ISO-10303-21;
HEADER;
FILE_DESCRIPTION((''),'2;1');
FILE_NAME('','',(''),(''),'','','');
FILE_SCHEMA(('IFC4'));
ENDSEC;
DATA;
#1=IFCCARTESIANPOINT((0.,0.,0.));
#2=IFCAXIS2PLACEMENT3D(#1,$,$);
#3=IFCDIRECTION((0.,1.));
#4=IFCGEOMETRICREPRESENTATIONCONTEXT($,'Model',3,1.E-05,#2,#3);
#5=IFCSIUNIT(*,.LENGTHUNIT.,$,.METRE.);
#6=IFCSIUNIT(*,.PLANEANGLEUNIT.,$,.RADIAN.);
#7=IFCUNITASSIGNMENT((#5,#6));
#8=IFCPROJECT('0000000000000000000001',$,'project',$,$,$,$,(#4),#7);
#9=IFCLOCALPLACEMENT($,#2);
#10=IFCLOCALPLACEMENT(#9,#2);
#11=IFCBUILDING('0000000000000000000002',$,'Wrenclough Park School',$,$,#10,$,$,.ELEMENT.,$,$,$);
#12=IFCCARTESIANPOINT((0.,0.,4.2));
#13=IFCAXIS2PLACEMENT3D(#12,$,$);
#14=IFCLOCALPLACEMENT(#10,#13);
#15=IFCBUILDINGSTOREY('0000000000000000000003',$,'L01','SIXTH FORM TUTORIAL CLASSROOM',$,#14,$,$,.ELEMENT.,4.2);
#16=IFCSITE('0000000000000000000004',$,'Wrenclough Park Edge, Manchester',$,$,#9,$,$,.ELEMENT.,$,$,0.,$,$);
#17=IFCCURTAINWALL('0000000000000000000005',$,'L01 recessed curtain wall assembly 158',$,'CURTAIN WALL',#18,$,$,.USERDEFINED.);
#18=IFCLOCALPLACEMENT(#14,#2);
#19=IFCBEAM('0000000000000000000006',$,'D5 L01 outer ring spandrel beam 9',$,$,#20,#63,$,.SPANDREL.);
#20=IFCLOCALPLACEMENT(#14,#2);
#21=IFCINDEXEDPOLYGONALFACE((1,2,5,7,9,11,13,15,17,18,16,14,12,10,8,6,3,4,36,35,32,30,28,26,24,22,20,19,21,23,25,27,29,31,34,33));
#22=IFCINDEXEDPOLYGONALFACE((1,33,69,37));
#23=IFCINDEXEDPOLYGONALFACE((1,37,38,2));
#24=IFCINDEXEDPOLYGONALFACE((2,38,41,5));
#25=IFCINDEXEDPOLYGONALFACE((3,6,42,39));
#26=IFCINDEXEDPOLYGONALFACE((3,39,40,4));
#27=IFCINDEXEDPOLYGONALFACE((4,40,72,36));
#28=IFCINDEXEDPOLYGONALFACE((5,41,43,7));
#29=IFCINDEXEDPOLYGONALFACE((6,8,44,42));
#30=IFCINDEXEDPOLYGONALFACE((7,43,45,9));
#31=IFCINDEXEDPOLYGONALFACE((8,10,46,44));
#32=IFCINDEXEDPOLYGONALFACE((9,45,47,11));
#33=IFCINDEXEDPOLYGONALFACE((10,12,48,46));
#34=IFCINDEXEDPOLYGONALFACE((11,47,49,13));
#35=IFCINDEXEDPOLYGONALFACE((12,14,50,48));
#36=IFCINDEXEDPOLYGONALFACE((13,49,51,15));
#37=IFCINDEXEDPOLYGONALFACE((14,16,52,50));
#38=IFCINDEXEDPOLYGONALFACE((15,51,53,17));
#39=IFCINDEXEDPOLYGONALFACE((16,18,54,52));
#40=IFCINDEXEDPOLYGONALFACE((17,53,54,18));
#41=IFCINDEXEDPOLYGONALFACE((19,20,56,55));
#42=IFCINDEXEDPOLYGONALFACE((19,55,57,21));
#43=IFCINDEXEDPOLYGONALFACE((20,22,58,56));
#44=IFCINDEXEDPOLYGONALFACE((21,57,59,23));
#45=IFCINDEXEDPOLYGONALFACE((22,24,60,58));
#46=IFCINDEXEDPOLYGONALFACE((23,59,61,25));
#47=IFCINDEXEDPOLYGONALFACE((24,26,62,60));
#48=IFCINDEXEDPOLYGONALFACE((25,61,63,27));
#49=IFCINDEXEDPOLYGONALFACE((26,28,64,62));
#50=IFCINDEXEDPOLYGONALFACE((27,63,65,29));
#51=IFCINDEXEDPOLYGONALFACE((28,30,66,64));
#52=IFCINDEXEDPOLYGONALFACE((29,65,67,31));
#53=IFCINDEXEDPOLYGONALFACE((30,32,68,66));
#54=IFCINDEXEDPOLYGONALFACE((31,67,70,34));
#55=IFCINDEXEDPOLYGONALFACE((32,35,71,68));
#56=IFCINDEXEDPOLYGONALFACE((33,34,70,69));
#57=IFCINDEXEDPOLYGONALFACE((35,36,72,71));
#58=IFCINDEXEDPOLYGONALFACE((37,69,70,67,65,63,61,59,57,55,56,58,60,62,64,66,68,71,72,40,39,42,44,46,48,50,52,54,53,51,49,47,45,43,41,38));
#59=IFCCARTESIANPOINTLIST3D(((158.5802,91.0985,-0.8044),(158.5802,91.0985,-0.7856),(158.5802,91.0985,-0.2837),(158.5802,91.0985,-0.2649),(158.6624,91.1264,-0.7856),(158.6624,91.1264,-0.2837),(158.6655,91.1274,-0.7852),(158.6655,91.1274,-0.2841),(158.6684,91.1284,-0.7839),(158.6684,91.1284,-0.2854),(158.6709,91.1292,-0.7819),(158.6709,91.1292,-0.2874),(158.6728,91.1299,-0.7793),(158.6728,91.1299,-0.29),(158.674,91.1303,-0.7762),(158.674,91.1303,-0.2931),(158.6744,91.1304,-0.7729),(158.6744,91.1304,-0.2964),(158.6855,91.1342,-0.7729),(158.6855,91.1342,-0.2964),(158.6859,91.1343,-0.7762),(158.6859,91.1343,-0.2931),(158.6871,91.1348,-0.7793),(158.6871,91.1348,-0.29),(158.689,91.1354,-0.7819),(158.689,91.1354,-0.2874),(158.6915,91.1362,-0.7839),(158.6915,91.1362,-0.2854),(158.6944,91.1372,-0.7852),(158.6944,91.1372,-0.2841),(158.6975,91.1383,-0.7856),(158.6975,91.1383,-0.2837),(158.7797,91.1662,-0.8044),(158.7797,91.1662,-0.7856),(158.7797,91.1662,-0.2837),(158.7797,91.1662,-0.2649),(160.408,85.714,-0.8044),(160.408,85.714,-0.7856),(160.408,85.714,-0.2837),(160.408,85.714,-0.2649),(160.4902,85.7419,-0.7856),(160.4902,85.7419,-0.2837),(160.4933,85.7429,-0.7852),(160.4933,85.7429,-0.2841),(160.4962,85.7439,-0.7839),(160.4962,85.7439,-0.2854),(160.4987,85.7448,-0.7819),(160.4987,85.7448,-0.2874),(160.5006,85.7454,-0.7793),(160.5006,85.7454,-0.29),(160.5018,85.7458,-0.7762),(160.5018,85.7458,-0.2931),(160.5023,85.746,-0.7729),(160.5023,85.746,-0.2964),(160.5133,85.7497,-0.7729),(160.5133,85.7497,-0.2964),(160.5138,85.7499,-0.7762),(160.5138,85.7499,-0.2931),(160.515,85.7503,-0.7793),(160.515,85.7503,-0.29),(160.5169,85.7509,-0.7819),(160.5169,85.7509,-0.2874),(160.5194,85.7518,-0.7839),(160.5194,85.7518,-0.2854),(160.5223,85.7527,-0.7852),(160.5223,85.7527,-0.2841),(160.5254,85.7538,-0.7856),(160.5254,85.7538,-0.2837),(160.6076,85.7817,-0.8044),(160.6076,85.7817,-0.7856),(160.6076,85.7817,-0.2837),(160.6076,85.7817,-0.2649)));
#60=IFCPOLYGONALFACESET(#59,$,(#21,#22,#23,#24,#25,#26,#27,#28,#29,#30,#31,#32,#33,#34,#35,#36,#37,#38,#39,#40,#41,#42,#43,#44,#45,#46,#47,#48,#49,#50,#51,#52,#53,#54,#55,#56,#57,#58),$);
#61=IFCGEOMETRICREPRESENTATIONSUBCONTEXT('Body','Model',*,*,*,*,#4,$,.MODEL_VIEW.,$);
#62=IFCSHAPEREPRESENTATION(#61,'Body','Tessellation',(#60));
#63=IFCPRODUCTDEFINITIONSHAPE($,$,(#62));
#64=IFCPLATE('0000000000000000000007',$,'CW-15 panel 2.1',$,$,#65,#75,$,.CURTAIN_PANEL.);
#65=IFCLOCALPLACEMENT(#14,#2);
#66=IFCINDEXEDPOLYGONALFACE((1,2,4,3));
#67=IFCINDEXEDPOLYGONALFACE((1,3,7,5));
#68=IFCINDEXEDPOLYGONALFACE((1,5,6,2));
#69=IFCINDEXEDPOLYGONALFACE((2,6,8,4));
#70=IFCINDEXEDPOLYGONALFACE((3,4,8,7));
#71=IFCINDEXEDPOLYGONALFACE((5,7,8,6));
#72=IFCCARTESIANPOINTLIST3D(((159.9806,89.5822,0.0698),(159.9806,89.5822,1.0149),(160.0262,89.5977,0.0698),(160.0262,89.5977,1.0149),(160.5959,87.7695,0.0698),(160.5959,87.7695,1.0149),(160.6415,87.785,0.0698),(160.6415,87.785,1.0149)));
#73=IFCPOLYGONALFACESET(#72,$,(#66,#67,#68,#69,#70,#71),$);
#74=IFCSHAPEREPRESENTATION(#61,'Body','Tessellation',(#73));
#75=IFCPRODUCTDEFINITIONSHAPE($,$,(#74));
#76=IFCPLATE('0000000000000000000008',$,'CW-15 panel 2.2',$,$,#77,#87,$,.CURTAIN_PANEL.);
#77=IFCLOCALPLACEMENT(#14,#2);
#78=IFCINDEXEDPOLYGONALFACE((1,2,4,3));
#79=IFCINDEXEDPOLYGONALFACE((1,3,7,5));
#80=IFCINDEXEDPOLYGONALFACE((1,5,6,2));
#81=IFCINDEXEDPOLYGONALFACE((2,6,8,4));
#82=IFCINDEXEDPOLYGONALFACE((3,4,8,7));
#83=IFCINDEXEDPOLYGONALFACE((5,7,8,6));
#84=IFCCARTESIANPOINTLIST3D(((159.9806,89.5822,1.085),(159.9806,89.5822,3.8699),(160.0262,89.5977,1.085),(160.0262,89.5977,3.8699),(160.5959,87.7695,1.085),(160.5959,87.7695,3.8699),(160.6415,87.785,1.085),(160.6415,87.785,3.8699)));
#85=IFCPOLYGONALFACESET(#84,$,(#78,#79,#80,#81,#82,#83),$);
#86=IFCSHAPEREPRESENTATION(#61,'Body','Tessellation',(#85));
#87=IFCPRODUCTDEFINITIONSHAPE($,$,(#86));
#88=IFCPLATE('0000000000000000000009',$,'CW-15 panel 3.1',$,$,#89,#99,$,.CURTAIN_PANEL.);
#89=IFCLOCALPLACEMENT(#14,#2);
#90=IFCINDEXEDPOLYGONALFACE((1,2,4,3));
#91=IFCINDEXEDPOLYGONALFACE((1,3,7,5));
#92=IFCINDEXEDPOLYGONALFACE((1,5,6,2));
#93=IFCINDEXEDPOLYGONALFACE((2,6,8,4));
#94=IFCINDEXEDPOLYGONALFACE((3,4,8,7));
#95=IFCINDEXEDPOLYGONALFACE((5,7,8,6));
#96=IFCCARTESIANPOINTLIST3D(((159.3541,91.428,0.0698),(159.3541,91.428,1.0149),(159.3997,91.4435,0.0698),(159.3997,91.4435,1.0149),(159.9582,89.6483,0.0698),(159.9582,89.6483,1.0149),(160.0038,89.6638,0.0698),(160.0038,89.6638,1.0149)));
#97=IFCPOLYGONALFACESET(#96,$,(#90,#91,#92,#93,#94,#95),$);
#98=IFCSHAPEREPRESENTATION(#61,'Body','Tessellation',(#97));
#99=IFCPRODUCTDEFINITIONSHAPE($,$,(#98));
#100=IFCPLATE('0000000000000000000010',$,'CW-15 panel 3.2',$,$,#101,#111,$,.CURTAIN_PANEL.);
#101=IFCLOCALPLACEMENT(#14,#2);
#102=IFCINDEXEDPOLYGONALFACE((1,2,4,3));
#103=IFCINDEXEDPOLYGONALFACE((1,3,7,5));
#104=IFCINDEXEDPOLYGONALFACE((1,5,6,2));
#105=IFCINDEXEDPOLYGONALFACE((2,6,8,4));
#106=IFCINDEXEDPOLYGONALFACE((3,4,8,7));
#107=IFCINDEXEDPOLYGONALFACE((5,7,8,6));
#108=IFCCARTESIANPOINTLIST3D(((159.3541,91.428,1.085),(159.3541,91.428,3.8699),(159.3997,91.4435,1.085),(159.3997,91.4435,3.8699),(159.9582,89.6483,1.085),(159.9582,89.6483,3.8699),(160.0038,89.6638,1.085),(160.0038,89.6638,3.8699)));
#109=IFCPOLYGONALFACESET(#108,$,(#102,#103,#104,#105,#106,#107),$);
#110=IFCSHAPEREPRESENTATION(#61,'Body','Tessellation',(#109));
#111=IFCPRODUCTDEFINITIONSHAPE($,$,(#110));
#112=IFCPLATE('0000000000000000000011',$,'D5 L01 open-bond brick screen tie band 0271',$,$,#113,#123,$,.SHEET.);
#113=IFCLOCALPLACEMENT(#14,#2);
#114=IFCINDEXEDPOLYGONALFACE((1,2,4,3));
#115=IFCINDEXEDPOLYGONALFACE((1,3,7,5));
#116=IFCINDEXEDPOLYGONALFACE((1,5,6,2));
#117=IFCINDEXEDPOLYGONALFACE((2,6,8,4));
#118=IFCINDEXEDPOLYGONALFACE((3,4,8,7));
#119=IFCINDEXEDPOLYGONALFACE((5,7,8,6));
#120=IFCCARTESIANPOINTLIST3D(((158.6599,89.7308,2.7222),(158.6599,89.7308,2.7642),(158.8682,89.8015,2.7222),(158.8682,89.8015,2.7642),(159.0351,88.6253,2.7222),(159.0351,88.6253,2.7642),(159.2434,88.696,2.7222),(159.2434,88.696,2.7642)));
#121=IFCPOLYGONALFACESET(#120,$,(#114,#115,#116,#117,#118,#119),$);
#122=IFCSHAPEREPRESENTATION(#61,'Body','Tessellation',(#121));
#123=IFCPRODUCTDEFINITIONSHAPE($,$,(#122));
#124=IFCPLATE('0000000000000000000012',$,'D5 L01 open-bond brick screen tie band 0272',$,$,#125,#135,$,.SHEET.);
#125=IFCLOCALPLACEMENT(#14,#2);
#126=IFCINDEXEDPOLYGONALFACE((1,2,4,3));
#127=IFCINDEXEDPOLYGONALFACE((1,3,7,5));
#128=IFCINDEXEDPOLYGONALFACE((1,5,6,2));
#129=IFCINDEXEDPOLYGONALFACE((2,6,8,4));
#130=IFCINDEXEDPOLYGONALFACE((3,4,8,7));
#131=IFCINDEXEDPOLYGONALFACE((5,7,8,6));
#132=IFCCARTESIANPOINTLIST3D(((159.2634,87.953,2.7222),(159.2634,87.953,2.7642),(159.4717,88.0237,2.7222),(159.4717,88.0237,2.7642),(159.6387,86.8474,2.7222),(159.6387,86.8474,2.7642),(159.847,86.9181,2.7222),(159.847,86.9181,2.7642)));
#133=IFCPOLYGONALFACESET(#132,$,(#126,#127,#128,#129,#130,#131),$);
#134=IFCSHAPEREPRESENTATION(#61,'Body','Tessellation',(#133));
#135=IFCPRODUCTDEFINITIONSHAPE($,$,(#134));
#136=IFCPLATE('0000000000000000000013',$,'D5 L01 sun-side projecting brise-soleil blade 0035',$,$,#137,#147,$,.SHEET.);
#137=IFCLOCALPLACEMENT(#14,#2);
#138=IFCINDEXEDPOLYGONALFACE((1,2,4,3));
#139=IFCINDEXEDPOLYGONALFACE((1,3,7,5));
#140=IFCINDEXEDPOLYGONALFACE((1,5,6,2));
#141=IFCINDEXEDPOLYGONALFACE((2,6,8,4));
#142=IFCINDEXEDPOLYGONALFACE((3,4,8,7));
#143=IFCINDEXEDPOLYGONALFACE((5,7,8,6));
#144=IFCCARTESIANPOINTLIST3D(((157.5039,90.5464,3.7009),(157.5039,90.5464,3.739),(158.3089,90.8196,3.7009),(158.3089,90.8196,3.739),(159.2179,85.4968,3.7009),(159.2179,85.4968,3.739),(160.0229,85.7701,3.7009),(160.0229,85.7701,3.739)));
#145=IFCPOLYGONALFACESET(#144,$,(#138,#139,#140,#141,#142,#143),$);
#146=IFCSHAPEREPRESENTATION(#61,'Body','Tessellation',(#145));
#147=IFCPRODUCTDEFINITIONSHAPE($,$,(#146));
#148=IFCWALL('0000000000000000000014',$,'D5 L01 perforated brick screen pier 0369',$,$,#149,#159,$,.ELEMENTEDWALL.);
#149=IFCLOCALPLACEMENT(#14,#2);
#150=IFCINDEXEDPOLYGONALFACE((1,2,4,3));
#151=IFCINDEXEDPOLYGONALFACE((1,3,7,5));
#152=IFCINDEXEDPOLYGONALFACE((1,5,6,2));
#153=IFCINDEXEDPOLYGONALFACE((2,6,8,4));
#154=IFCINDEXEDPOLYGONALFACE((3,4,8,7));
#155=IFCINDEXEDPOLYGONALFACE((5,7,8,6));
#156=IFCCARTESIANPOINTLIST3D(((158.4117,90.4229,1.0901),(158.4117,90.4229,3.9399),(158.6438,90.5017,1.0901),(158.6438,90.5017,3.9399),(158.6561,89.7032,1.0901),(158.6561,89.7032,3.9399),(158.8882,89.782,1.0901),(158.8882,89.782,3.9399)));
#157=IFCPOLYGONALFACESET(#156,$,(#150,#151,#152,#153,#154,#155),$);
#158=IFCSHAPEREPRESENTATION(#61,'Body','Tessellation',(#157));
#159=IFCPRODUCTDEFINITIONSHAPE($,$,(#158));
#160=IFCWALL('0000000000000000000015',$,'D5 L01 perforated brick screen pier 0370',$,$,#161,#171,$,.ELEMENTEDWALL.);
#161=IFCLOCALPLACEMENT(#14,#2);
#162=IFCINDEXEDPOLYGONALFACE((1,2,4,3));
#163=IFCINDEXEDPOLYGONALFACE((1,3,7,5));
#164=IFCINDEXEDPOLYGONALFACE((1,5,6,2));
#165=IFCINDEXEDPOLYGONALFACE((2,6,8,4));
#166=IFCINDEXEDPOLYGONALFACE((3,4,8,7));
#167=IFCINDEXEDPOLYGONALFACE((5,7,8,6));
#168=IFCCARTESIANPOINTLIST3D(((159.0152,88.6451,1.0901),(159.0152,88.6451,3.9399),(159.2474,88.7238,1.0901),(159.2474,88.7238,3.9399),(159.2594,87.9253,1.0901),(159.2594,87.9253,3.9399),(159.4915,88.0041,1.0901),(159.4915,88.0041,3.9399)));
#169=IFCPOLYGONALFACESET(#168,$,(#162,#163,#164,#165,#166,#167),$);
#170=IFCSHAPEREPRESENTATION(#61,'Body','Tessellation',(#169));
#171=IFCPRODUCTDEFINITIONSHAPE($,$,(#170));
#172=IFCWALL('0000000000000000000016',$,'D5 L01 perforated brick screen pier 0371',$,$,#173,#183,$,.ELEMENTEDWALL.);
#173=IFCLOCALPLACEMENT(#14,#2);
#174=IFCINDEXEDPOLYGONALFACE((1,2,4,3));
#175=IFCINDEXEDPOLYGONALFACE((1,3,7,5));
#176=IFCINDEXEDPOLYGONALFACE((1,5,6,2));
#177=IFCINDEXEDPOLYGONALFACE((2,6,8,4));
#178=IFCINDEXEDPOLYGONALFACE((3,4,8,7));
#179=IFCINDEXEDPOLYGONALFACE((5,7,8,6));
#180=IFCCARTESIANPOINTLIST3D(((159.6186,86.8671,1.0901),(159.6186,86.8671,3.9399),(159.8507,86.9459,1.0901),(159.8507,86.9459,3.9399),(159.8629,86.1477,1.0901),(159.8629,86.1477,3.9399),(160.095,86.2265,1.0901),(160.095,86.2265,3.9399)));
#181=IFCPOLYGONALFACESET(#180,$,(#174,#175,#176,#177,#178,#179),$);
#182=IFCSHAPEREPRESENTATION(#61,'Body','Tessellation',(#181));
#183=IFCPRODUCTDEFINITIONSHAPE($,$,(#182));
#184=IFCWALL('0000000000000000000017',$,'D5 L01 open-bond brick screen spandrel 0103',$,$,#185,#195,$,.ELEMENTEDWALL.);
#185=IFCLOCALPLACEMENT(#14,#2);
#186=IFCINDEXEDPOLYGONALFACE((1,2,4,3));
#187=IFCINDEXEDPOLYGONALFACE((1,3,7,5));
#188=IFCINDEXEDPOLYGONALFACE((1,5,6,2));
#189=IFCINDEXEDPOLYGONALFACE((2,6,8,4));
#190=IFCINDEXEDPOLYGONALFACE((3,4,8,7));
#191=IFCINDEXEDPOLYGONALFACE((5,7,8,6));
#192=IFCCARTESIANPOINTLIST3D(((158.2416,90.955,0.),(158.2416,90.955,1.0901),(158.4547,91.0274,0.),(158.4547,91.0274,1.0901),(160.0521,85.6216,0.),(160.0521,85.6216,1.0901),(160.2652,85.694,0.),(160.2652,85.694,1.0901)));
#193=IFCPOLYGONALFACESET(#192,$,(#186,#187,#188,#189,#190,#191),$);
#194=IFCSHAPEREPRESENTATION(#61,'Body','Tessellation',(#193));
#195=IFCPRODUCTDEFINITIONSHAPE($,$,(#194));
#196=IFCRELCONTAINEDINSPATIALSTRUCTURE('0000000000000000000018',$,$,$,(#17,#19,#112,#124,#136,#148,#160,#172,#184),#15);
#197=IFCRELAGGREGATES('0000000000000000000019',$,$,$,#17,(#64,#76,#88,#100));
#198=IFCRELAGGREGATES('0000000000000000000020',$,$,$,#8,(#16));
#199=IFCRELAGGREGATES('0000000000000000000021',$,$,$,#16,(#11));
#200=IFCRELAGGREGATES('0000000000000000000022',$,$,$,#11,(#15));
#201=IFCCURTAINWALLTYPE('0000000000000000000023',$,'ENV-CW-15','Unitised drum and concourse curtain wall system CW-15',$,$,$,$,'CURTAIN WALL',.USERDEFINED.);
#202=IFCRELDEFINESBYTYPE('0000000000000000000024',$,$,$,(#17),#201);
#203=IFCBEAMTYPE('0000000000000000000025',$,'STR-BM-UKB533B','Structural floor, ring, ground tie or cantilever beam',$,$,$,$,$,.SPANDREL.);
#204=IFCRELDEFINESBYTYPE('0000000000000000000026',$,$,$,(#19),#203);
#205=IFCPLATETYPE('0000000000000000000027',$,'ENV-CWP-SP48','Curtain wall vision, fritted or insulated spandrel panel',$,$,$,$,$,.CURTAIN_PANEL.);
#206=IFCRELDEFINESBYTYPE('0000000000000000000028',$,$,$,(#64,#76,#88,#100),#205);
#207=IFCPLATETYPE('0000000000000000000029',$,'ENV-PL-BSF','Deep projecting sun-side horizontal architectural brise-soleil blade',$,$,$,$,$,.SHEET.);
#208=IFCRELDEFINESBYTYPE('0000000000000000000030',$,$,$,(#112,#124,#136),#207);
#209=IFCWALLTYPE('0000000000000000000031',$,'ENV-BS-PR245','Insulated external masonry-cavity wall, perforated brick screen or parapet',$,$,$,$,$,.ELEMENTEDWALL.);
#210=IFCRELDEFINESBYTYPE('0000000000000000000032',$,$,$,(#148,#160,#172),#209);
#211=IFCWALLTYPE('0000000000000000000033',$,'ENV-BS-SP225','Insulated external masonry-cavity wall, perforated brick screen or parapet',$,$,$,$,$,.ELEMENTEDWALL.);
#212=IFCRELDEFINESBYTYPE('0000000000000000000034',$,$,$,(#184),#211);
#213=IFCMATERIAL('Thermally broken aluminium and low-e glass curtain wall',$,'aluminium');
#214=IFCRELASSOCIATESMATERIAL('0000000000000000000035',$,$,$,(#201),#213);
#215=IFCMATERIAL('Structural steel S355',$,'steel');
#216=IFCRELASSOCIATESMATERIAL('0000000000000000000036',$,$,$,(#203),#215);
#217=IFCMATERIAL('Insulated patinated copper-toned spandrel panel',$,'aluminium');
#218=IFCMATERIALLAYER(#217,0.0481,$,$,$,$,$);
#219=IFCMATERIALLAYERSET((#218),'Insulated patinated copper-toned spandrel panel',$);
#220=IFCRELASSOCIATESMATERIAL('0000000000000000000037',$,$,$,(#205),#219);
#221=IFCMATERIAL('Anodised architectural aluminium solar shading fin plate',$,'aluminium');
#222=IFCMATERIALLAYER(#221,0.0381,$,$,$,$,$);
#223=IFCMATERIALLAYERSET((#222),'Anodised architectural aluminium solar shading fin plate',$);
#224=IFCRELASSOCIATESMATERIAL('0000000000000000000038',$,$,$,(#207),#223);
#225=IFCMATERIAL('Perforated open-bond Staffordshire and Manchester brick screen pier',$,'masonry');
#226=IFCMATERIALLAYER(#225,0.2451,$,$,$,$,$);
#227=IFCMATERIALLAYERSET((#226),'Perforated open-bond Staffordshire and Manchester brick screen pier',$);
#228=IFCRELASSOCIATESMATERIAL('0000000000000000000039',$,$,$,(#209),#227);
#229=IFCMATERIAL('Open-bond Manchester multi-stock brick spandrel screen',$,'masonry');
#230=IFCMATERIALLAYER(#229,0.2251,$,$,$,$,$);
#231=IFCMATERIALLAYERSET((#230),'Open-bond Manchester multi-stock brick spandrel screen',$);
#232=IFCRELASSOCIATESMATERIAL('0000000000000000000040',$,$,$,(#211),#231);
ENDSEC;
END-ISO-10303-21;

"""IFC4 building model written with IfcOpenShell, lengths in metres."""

from ifc_helpers import new_model, si_unit, direction, frame, frame_2d, origin, origin_2d, place, context, subcontext, project, spatial, rectangle, i_section, extrude, material, layer, layer_set, material_profile, profile_set, type_object, element, aggregate, save


model = new_model("IFC4")

# Units and contexts
model_context = context("Model", 3, precision=1e-05, world=origin(), true_north=direction((0.0, 1.0)))
body_context = subcontext(model_context, "Body", "Model", "MODEL_VIEW")
ifc_project = project(units=[si_unit("LENGTHUNIT", "METRE"), si_unit("PLANEANGLEUNIT", "RADIAN")], contexts=[model_context])

# Site, building, storey
site_placement = place(None, origin())
site = spatial("IfcSite", under=ifc_project, at=site_placement, Name="Wrenclough Park Edge, Manchester", CompositionType="ELEMENT", RefElevation=0.0)
building_placement = place(site_placement, origin())
building = spatial("IfcBuilding", under=site, at=building_placement, Name="Wrenclough Park School", CompositionType="ELEMENT")
storey_placement = place(building_placement, frame((0.0, 0.0, 4.2)))
storey = spatial("IfcBuildingStorey", under=building, at=storey_placement, Name="L01", Description="SIXTH FORM TUTORIAL CLASSROOM", CompositionType="ELEMENT", Elevation=4.2)

# Curtain wall
ifc_material_1 = material(Name="Thermally broken aluminium and low-e glass curtain wall", Category="aluminium")
curtain_wall_type_1 = type_object("IfcCurtainWallType", Name="ENV-CW-15", Description="Unitised drum and concourse curtain wall system CW-15", ElementType="CURTAIN WALL", PredefinedType="USERDEFINED", material=ifc_material_1)
curtain_wall_1_placement = place(storey_placement, origin())
curtain_wall_1 = element("IfcCurtainWall", 1, at=curtain_wall_1_placement, inside=storey, type_object=curtain_wall_type_1, Name="L01 recessed curtain wall assembly 158", ObjectType="CURTAIN WALL", PredefinedType="USERDEFINED")

# Beam
ifc_material_2 = material(Name="Structural steel S355", Category="steel")
ifc_material_profile_1 = material_profile(ifc_material_2, i_section(OverallWidth=0.2107, OverallDepth=0.5396, WebThickness=0.0117, FlangeThickness=0.0188, FilletRadius=0.0127, at=origin_2d()), Name="UKB 533x210x109")
ifc_profile_set_1 = profile_set([ifc_material_profile_1], Name="Structural steel S355")
beam_type = type_object("IfcBeamType", Name="STR-BM-UKB533B", Description="Structural floor, ring, ground tie or cantilever beam", PredefinedType="SPANDREL", material=ifc_profile_set_1)
beam_placement = place(storey_placement, frame((158.6799, 91.1323, -0.5347), z_axis=(0.321452, -0.946926, 0.0), x_axis=(0.946926, 0.321452, 0.0)))
element("IfcBeam", 2, at=beam_placement, inside=storey, type_object=beam_type, Name="D5 L01 outer ring spandrel beam 9", PredefinedType="SPANDREL", context=body_context, shape_type="SweptSolid", body=[
    extrude(i_section(OverallWidth=0.2107, OverallDepth=0.5396, WebThickness=0.0117, FlangeThickness=0.0188, FilletRadius=0.0127, at=origin_2d()), origin(), (0.0, 0.0, 1.0), 5.6863),
])

# Plates
ifc_material_3 = material(Name="Insulated patinated copper-toned spandrel panel", Category="aluminium")
ifc_layer_1 = layer(ifc_material_3, 0.0481)
ifc_layer_set_1 = layer_set([ifc_layer_1], Name="Insulated patinated copper-toned spandrel panel")
plate_type_1 = type_object("IfcPlateType", Name="ENV-CWP-SP48", Description="Curtain wall vision, fritted or insulated spandrel panel", PredefinedType="CURTAIN_PANEL", material=ifc_layer_set_1)
plate_1_placement = place(storey_placement, frame((160.311, 88.6836, 0.0698), z_axis=(0.0, 0.0, 1.0), x_axis=(-0.321429, 0.946934, 0.0)))
plate_1 = element("IfcPlate", 3, at=plate_1_placement, type_object=plate_type_1, Name="CW-15 panel 2.1", PredefinedType="CURTAIN_PANEL", context=body_context, shape_type="SweptSolid", body=[
    extrude(rectangle(XDim=1.9143, YDim=0.0481, at=origin_2d()), origin(), (0.0, 0.0, 1.0), 0.9451),
])
plate_2_placement = place(storey_placement, frame((160.311, 88.6836, 1.085), z_axis=(0.0, 0.0, 1.0), x_axis=(-0.321429, 0.946934, 0.0)))
plate_2 = element("IfcPlate", 4, at=plate_2_placement, type_object=plate_type_1, Name="CW-15 panel 2.2", PredefinedType="CURTAIN_PANEL", context=body_context, shape_type="SweptSolid", body=[
    extrude(rectangle(XDim=1.9143, YDim=0.0481, at=origin_2d()), origin(), (0.0, 0.0, 1.0), 2.7849),
])
plate_3_placement = place(storey_placement, frame((159.679, 90.5459, 0.0698), z_axis=(0.0, 0.0, 1.0), x_axis=(-0.321429, 0.946934, 0.0)))
plate_3 = element("IfcPlate", 5, at=plate_3_placement, type_object=plate_type_1, Name="CW-15 panel 3.1", PredefinedType="CURTAIN_PANEL", context=body_context, shape_type="SweptSolid", body=[
    extrude(rectangle(XDim=1.8794, YDim=0.0481, at=origin_2d()), origin(), (0.0, 0.0, 1.0), 0.9451),
])
plate_4_placement = place(storey_placement, frame((159.679, 90.5459, 1.085), z_axis=(0.0, 0.0, 1.0), x_axis=(-0.321429, 0.946934, 0.0)))
plate_4 = element("IfcPlate", 6, at=plate_4_placement, type_object=plate_type_1, Name="CW-15 panel 3.2", PredefinedType="CURTAIN_PANEL", context=body_context, shape_type="SweptSolid", body=[
    extrude(rectangle(XDim=1.8794, YDim=0.0481, at=origin_2d()), origin(), (0.0, 0.0, 1.0), 2.7849),
])
aggregate(curtain_wall_1, [plate_1, plate_2, plate_3, plate_4])

# Plates
ifc_material_4 = material(Name="Anodised architectural aluminium solar shading fin plate", Category="aluminium")
ifc_layer_2 = layer(ifc_material_4, 0.0381)
ifc_layer_set_2 = layer_set([ifc_layer_2], Name="Anodised architectural aluminium solar shading fin plate")
plate_type_2 = type_object("IfcPlateType", Name="ENV-PL-BSF", Description="Deep projecting sun-side horizontal architectural brise-soleil blade", PredefinedType="SHEET", material=ifc_layer_set_2)
for number, where, z_axis, x_axis, name in (
    (7, (158.9517, 89.2134, 2.7222), (0.0, 0.0, 1.0), (0.321427, -0.946934, 0.0), "D5 L01 open-bond brick screen tie band 0271"),
    (8, (159.5552, 87.4355, 2.7222), (0.0, 0.0, 1.0), (0.321427, -0.946934, 0.0), "D5 L01 open-bond brick screen tie band 0272"),
):
    element("IfcPlate", number, at=place(storey_placement, frame(where, z_axis=z_axis, x_axis=x_axis)), inside=storey, type_object=plate_type_2, Name=name, PredefinedType="SHEET", context=body_context, shape_type="SweptSolid", body=[
        extrude(rectangle(XDim=1.1675, YDim=0.22, at=origin_2d()), origin(), (0.0, 0.0, 1.0), 0.042),
    ])
plate_5_placement = place(storey_placement, frame((158.7634, 88.1582, 3.7009), z_axis=(0.0, 0.0, 1.0), x_axis=(0.321427, -0.946934, 0.0)))
element("IfcPlate", 9, at=plate_5_placement, inside=storey, type_object=plate_type_2, Name="D5 L01 sun-side projecting brise-soleil blade 0035", PredefinedType="SHEET", context=body_context, shape_type="SweptSolid", body=[
    extrude(rectangle(XDim=5.3325, YDim=0.8501, at=origin_2d()), origin(), (0.0, 0.0, 1.0), 0.0381),
])

# Walls
ifc_material_5 = material(Name="Perforated open-bond Staffordshire and Manchester brick screen pier", Category="masonry")
ifc_layer_3 = layer(ifc_material_5, 0.2451)
ifc_layer_set_3 = layer_set([ifc_layer_3], Name="Perforated open-bond Staffordshire and Manchester brick screen pier")
wall_type_1 = type_object("IfcWallType", Name="ENV-BS-PR245", Description="Insulated external masonry-cavity wall, perforated brick screen or parapet", PredefinedType="ELEMENTEDWALL", material=ifc_layer_set_3)
for number, where, z_axis, x_axis, name in (
    (10, (158.5278, 90.4622, 1.0901), (0.0, 0.0, 1.0), (0.321523, -0.946902, 0.0), "D5 L01 perforated brick screen pier 0369"),
    (11, (159.1313, 88.6843, 1.0901), (0.0, 0.0, 1.0), (0.321235, -0.947, 0.0), "D5 L01 perforated brick screen pier 0370"),
):
    element("IfcWall", number, at=place(storey_placement, frame(where, z_axis=z_axis, x_axis=x_axis)), inside=storey, type_object=wall_type_1, Name=name, PredefinedType="ELEMENTEDWALL", context=body_context, shape_type="SweptSolid", body=[
        extrude(rectangle(XDim=0.76, YDim=0.2451, at=frame_2d((0.3799, 0.0))), origin(), (0.0, 0.0, 1.0), 2.8499),
    ])
wall_1_placement = place(storey_placement, frame((159.7346, 86.9065, 1.0901), z_axis=(0.0, 0.0, 1.0), x_axis=(0.32162, -0.946869, 0.0)))
element("IfcWall", 12, at=wall_1_placement, inside=storey, type_object=wall_type_1, Name="D5 L01 perforated brick screen pier 0371", PredefinedType="ELEMENTEDWALL", context=body_context, shape_type="SweptSolid", body=[
    extrude(rectangle(XDim=0.7598, YDim=0.2451, at=frame_2d((0.3799, 0.0))), origin(), (0.0, 0.0, 1.0), 2.8499),
])
ifc_material_6 = material(Name="Open-bond Manchester multi-stock brick spandrel screen", Category="masonry")
ifc_layer_4 = layer(ifc_material_6, 0.2251)
ifc_layer_set_4 = layer_set([ifc_layer_4], Name="Open-bond Manchester multi-stock brick spandrel screen")
wall_type_2 = type_object("IfcWallType", Name="ENV-BS-SP225", Description="Insulated external masonry-cavity wall, perforated brick screen or parapet", PredefinedType="ELEMENTEDWALL", material=ifc_layer_set_4)
wall_2_placement = place(storey_placement, frame((158.3481, 90.9912, 0.0), z_axis=(0.0, 0.0, 1.0), x_axis=(0.32145, -0.946926, 0.0)))
element("IfcWall", 13, at=wall_2_placement, inside=storey, type_object=wall_type_2, Name="D5 L01 open-bond brick screen spandrel 0103", PredefinedType="ELEMENTEDWALL", context=body_context, shape_type="SweptSolid", body=[
    extrude(rectangle(XDim=5.6323, YDim=0.2251, at=frame_2d((2.8162, 0.0))), origin(), (0.0, 0.0, 1.0), 1.0901),
])

save(model, "model.ifc")
